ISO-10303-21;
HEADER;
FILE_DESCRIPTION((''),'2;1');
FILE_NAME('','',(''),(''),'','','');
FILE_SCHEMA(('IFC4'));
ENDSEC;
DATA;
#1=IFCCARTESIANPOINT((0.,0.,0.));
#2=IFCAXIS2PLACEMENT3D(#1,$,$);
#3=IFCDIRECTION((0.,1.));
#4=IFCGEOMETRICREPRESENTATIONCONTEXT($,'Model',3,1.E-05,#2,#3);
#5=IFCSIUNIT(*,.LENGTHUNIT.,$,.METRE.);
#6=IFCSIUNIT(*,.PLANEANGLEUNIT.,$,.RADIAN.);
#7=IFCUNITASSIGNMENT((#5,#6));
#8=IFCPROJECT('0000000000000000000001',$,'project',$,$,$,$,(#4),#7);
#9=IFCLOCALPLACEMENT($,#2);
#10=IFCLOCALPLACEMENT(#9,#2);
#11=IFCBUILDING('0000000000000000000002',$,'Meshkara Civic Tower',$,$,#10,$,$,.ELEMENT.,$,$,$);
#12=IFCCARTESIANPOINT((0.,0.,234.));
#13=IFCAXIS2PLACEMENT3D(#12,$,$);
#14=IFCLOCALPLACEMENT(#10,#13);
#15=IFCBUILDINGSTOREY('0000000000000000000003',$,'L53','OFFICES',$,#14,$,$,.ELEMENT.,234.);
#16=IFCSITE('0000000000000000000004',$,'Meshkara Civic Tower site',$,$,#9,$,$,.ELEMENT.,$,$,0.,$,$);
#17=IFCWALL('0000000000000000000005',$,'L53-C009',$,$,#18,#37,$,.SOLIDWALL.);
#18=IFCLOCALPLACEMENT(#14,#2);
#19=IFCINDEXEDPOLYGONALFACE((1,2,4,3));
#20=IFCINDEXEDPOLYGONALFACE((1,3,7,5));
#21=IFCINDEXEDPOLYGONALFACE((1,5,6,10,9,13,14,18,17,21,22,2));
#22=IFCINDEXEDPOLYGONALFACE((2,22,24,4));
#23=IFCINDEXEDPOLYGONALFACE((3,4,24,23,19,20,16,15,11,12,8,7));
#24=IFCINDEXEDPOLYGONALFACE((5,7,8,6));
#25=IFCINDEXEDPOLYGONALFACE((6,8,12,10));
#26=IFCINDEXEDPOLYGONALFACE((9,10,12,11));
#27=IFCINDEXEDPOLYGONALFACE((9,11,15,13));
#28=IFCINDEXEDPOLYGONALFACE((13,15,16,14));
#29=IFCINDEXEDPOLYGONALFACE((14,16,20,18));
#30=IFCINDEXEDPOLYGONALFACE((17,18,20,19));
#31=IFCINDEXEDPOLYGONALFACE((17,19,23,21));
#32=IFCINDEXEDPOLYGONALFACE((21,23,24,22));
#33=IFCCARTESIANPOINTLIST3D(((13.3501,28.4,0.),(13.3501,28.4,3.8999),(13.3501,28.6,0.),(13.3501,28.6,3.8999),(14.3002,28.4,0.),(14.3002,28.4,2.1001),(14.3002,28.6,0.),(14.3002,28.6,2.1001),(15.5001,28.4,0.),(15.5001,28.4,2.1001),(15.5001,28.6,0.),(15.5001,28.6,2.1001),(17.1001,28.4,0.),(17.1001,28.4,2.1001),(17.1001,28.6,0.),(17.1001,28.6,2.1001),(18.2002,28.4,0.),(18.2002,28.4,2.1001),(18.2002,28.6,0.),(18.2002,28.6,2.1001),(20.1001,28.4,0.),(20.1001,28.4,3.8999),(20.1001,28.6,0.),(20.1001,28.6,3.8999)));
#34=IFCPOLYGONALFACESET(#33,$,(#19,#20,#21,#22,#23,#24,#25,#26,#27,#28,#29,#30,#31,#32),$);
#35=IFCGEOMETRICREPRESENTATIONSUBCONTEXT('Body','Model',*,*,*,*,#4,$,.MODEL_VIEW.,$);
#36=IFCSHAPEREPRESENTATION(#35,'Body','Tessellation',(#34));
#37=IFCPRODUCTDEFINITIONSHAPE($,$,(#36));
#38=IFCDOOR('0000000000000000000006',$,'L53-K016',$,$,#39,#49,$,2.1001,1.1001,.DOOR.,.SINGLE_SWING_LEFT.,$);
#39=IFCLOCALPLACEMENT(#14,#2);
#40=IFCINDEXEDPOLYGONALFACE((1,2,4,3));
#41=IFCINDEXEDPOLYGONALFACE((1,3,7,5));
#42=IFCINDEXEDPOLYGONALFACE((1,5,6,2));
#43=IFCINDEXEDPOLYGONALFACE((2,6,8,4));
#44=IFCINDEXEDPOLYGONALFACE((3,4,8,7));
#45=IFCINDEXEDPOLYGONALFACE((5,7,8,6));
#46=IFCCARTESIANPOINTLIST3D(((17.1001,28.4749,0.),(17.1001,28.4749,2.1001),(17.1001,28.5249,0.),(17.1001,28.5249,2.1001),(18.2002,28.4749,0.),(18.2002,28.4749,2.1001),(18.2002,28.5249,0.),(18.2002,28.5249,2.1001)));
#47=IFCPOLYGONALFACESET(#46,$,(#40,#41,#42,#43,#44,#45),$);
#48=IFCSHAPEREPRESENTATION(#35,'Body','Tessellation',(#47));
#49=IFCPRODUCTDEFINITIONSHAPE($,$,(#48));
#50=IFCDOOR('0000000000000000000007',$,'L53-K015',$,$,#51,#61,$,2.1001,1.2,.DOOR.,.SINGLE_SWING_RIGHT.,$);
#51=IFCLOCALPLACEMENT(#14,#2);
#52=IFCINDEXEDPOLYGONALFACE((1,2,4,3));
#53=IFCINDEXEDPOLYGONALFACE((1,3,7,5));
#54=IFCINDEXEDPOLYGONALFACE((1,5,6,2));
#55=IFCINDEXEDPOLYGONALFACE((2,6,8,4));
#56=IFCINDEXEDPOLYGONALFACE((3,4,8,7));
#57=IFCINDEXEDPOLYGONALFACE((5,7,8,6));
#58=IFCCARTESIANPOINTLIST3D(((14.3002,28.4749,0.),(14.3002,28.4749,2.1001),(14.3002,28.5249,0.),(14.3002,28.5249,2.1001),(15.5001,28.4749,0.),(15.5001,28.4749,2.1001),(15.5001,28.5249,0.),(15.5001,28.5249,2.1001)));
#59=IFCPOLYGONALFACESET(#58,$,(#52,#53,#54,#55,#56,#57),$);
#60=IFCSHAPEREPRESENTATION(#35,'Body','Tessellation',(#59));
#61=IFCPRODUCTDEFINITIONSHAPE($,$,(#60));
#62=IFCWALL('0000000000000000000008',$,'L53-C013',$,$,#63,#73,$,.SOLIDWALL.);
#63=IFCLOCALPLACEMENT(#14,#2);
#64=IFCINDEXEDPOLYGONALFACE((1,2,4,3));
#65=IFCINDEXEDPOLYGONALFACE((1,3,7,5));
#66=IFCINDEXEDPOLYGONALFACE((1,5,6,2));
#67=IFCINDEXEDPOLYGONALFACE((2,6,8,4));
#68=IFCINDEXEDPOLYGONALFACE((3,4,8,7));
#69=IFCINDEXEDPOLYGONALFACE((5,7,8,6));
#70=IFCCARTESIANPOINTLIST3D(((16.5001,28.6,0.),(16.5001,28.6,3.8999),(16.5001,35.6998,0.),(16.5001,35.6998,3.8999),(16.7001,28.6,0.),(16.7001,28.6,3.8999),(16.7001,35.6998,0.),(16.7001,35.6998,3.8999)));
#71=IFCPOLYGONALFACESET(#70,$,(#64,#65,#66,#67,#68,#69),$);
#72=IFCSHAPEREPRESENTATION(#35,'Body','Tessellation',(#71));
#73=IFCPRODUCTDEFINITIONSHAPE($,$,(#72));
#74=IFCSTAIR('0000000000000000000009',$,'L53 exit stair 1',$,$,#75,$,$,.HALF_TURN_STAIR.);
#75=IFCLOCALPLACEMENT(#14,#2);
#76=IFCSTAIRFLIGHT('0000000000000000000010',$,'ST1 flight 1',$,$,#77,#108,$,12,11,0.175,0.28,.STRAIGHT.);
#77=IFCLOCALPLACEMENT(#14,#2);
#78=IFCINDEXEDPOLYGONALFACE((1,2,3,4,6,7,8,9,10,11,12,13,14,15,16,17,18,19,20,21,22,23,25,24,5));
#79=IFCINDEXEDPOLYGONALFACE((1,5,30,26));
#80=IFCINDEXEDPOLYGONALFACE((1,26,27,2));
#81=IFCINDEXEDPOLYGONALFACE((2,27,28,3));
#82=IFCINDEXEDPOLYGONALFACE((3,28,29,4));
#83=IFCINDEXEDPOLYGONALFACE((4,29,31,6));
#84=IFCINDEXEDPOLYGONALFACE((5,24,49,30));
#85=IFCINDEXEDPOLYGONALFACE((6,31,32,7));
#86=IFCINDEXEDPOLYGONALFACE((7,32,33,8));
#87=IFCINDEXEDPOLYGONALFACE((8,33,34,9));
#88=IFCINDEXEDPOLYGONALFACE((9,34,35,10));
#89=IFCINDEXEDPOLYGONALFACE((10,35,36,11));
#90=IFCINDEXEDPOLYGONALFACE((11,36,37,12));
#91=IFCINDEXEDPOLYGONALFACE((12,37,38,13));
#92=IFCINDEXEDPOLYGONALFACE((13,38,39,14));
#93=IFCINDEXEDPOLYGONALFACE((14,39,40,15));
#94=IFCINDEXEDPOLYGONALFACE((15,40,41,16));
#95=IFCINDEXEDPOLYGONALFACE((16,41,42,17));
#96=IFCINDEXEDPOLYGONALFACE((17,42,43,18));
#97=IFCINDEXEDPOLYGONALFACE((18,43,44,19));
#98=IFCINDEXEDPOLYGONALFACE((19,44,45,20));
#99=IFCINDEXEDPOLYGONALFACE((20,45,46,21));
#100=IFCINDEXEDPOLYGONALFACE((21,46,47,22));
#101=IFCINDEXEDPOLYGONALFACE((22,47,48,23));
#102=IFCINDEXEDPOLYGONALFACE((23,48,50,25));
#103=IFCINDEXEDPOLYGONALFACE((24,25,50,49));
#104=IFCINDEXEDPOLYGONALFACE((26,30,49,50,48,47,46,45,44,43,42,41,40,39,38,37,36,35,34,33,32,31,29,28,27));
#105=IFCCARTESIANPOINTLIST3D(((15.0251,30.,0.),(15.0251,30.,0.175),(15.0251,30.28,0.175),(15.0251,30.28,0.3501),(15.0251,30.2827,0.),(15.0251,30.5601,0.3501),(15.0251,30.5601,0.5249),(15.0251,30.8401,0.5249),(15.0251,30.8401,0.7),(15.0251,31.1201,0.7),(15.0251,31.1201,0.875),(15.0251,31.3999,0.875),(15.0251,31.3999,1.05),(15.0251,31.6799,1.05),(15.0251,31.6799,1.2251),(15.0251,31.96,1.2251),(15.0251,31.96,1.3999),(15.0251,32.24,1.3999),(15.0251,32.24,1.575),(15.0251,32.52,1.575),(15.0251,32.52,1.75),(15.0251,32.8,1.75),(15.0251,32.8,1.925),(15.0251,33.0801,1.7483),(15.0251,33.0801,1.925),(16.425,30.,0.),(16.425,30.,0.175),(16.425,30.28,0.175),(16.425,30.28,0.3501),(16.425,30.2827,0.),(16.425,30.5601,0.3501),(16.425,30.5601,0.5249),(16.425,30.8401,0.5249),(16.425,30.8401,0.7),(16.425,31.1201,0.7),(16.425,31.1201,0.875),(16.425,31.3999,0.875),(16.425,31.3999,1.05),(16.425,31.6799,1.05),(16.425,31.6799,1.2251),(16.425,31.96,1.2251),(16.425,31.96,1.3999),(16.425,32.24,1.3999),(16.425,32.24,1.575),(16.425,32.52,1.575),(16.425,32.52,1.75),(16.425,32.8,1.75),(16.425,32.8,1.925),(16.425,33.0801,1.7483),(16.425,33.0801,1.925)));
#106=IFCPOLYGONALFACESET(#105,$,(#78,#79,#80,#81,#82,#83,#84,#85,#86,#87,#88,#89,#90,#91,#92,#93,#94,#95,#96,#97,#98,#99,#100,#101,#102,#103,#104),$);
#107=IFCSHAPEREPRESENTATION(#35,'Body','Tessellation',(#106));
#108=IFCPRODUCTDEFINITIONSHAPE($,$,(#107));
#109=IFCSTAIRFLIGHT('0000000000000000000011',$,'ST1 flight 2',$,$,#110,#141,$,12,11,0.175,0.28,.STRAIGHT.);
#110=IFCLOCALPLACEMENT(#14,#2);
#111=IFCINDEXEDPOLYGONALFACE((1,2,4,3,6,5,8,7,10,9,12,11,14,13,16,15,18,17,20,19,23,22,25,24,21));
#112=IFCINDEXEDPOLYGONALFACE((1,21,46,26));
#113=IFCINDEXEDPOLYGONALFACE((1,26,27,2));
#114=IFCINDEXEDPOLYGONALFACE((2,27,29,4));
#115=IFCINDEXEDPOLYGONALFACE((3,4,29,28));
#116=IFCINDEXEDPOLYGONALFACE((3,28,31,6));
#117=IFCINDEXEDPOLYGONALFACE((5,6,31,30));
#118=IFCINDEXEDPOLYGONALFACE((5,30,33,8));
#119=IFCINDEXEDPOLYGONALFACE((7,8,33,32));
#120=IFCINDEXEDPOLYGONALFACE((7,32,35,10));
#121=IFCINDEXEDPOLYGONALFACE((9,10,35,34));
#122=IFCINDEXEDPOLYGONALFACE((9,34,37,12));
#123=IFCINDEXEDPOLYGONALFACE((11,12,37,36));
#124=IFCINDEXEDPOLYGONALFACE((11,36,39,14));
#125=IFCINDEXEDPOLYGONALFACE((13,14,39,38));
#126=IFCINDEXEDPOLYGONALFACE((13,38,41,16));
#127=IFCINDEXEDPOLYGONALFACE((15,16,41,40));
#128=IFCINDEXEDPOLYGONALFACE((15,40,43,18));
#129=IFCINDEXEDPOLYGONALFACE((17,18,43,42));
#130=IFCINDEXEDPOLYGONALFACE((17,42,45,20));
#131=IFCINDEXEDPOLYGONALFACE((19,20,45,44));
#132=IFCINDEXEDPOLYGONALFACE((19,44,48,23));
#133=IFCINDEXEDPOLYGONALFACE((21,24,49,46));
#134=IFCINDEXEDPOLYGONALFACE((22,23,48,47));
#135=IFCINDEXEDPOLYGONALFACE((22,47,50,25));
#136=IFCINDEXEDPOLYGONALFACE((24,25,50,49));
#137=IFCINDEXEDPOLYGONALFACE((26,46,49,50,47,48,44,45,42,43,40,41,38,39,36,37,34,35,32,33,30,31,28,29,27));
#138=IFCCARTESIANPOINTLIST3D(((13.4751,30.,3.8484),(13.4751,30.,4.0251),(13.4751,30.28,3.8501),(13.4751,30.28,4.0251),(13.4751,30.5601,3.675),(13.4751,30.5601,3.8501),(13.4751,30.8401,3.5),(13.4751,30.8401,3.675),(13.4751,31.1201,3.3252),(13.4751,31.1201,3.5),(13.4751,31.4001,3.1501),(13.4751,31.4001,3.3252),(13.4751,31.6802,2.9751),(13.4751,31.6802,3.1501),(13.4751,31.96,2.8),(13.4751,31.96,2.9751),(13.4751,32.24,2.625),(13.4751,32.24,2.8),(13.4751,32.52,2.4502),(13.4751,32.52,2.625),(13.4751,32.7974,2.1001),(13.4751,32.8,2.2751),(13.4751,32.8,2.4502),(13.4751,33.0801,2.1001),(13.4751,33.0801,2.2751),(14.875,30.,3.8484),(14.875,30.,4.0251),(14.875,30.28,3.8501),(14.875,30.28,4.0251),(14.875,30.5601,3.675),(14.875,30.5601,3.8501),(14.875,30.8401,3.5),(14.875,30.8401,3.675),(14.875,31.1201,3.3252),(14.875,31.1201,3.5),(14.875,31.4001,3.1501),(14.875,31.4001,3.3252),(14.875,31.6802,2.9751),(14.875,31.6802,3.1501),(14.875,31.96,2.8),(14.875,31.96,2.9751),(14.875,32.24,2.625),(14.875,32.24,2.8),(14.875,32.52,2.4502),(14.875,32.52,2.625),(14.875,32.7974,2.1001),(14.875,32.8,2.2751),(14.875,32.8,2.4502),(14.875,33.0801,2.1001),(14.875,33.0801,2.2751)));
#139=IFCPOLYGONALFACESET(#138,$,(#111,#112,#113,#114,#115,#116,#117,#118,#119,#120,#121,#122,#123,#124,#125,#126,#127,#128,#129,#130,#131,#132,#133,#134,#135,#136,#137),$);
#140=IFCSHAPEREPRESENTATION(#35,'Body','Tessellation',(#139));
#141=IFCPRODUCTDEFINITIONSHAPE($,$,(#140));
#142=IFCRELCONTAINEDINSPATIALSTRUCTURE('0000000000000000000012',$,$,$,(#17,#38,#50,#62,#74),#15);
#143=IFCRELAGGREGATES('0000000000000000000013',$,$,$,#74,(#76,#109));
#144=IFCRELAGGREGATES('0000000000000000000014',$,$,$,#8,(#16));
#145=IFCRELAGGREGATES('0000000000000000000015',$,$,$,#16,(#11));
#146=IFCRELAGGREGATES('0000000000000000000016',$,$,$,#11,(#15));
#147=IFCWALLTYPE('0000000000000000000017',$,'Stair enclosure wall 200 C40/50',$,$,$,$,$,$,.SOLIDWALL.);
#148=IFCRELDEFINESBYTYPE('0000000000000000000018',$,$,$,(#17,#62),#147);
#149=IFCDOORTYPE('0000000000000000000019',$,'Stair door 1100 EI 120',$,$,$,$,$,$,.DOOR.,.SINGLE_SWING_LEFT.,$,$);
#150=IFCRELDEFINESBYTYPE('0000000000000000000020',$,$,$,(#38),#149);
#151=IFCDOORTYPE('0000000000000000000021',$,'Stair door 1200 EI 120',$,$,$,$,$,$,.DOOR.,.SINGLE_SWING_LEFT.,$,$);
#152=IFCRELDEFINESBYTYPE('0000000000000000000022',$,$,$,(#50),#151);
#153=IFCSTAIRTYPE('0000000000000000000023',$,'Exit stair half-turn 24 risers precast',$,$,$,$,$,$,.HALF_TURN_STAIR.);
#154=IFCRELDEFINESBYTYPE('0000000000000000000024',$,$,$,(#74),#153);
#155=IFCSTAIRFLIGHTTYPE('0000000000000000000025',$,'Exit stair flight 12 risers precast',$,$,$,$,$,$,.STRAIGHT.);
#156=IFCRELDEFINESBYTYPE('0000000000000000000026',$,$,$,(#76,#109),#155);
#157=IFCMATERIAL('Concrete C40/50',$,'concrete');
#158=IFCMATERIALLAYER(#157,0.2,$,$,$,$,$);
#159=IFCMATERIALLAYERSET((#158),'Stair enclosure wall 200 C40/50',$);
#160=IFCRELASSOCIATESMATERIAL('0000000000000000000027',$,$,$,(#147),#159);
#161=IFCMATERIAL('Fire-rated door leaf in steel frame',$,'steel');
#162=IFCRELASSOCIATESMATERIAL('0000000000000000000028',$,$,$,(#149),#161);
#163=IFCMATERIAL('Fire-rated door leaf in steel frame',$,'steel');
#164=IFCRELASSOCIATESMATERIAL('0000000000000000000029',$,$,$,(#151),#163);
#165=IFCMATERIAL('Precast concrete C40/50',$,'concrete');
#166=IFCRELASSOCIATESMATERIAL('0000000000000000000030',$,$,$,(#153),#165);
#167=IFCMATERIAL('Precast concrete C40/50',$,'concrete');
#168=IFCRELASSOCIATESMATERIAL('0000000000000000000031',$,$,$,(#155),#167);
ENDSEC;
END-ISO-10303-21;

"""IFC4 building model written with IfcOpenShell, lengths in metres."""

from ifc_helpers import new_model, si_unit, direction, frame, frame_2d, origin, place, context, subcontext, project, spatial, polyline, rectangle, outline, extrude, material, layer, layer_set, type_object, element, fill, aggregate, save


model = new_model("IFC4")

# Units and contexts
model_context = context("Model", 3, precision=1e-05, world=origin(), true_north=direction((0.0, 1.0)))
body_context = subcontext(model_context, "Body", "Model", "MODEL_VIEW")
ifc_project = project(units=[si_unit("LENGTHUNIT", "METRE"), si_unit("PLANEANGLEUNIT", "RADIAN")], contexts=[model_context])

# Site, building, storey
site_placement = place(None, origin())
site = spatial("IfcSite", under=ifc_project, at=site_placement, Name="Meshkara Civic Tower site", CompositionType="ELEMENT", RefElevation=0.0)
building_placement = place(site_placement, origin())
building = spatial("IfcBuilding", under=site, at=building_placement, Name="Meshkara Civic Tower", CompositionType="ELEMENT")
storey_placement = place(building_placement, frame((0.0, 0.0, 234.0)))
storey = spatial("IfcBuildingStorey", under=building, at=storey_placement, Name="L53", Description="OFFICES", CompositionType="ELEMENT", Elevation=234.0)

# Wall, openings, doors
ifc_material_1 = material(Name="Concrete C40/50", Category="concrete")
ifc_layer_1 = layer(ifc_material_1, 0.2)
ifc_layer_set_1 = layer_set([ifc_layer_1], Name="Stair enclosure wall 200 C40/50")
wall_type_1 = type_object("IfcWallType", Name="Stair enclosure wall 200 C40/50", PredefinedType="SOLIDWALL", material=ifc_layer_set_1)
wall_1_placement = place(storey_placement, frame((13.3501, 28.5, 0.0), z_axis=(0.0, 0.0, 1.0), x_axis=(1.0, 0.0, 0.0)))
wall_1 = element("IfcWall", 1, at=wall_1_placement, inside=storey, type_object=wall_type_1, Name="L53-C009", PredefinedType="SOLIDWALL", context=body_context, shape_type="SweptSolid", body=[
    extrude(rectangle(XDim=6.75, YDim=0.2, at=frame_2d((3.375, 0.0))), origin(), (0.0, 0.0, 1.0), 3.8999),
])
opening_1_placement = place(wall_1_placement, frame((0.95, 0.0, 0.0)))
opening_1 = element("IfcOpeningElement", 2, at=opening_1_placement, cuts=wall_1, PredefinedType="OPENING", context=body_context, shape_type="SweptSolid", body=[
    extrude(rectangle(XDim=1.2, YDim=2.1001, at=frame_2d((0.6001, 1.05))), frame((0.0, 0.1099, 0.0), z_axis=(0.0, -1.0, 0.0), x_axis=(1.0, 0.0, 0.0)), (0.0, 0.0, 1.0), 0.22),
])
opening_2_placement = place(wall_1_placement, frame((3.75, 0.0, 0.0)))
opening_2 = element("IfcOpeningElement", 3, at=opening_2_placement, cuts=wall_1, PredefinedType="OPENING", context=body_context, shape_type="SweptSolid", body=[
    extrude(rectangle(XDim=1.1001, YDim=2.1001, at=frame_2d((0.55, 1.05))), frame((0.0, 0.1099, 0.0), z_axis=(0.0, -1.0, 0.0), x_axis=(1.0, 0.0, 0.0)), (0.0, 0.0, 1.0), 0.22),
])
ifc_material_2 = material(Name="Fire-rated door leaf in steel frame", Category="steel")
door_type_1 = type_object("IfcDoorType", Name="Stair door 1100 EI 120", OperationType="SINGLE_SWING_LEFT", PredefinedType="DOOR", material=ifc_material_2)
door_1_placement = place(opening_2_placement, origin())
door_1 = element("IfcDoor", 4, at=door_1_placement, inside=storey, type_object=door_type_1, Name="L53-K016", OperationType="SINGLE_SWING_LEFT", OverallHeight=2.1001, OverallWidth=1.1001, PredefinedType="DOOR", context=body_context, shape_type="SweptSolid", body=[
    extrude(rectangle(XDim=1.1001, YDim=2.1001, at=frame_2d((0.55, 1.05))), frame((0.0, 0.0249, 0.0), z_axis=(0.0, -1.0, 0.0), x_axis=(1.0, 0.0, 0.0)), (0.0, 0.0, 1.0), 0.05),
])
fill(opening_2, door_1)
ifc_material_3 = material(Name="Fire-rated door leaf in steel frame", Category="steel")
door_type_2 = type_object("IfcDoorType", Name="Stair door 1200 EI 120", OperationType="SINGLE_SWING_LEFT", PredefinedType="DOOR", material=ifc_material_3)
door_2_placement = place(opening_1_placement, origin())
door_2 = element("IfcDoor", 5, at=door_2_placement, inside=storey, type_object=door_type_2, Name="L53-K015", OperationType="SINGLE_SWING_RIGHT", OverallHeight=2.1001, OverallWidth=1.2, PredefinedType="DOOR", context=body_context, shape_type="SweptSolid", body=[
    extrude(rectangle(XDim=1.2, YDim=2.1001, at=frame_2d((0.6001, 1.05))), frame((0.0, 0.0249, 0.0), z_axis=(0.0, -1.0, 0.0), x_axis=(1.0, 0.0, 0.0)), (0.0, 0.0, 1.0), 0.05),
])
fill(opening_1, door_2)

# Wall
wall_2_placement = place(storey_placement, frame((16.6001, 28.6001, 0.0), z_axis=(0.0, 0.0, 1.0), x_axis=(0.0, 1.0, 0.0)))
element("IfcWall", 6, at=wall_2_placement, inside=storey, type_object=wall_type_1, Name="L53-C013", PredefinedType="SOLIDWALL", context=body_context, shape_type="SweptSolid", body=[
    extrude(rectangle(XDim=7.0999, YDim=0.2, at=frame_2d((3.5498, 0.0))), origin(), (0.0, 0.0, 1.0), 3.8999),
])

# Stair, stair flights
ifc_material_4 = material(Name="Precast concrete C40/50", Category="concrete")
stair_type = type_object("IfcStairType", Name="Exit stair half-turn 24 risers precast", PredefinedType="HALF_TURN_STAIR", material=ifc_material_4)
stair_placement = place(storey_placement, origin())
stair = element("IfcStair", 7, at=stair_placement, inside=storey, type_object=stair_type, Name="L53 exit stair 1", PredefinedType="HALF_TURN_STAIR")
ifc_material_5 = material(Name="Precast concrete C40/50", Category="concrete")
stair_flight_type = type_object("IfcStairFlightType", Name="Exit stair flight 12 risers precast", PredefinedType="STRAIGHT", material=ifc_material_5)
stair_flight_1_placement = place(storey_placement, frame((15.7251, 30.0, 0.0), z_axis=(0.0, 0.0, 1.0), x_axis=(0.0, 1.0, 0.0)))
stair_flight_1 = element("IfcStairFlight", 8, at=stair_flight_1_placement, type_object=stair_flight_type, Name="ST1 flight 1", NumberOfRisers=12, NumberOfTreads=11, PredefinedType="STRAIGHT", RiserHeight=0.175, TreadLength=0.28, context=body_context, shape_type="SweptSolid", body=[
    extrude(outline(polyline([(0.0, 0.0), (0.0, 0.175), (0.28, 0.175), (0.28, 0.3501), (0.5601, 0.3501), (0.5601, 0.5249), (0.8401, 0.5249), (0.8401, 0.7), (1.1201, 0.7), (1.1201, 0.875), (1.3999, 0.875), (1.3999, 1.05), (1.6799, 1.05), (1.6799, 1.2251), (1.96, 1.2251), (1.96, 1.3999), (2.24, 1.3999), (2.24, 1.575), (2.52, 1.575), (2.52, 1.75), (2.8, 1.75), (2.8, 1.925), (3.0801, 1.925), (3.0801, 2.1001), (3.0801, 1.7483), (0.2827, 0.0), (0.0, 0.0)])), frame((0.0, 0.7, 0.0), z_axis=(0.0, -1.0, 0.0), x_axis=(1.0, 0.0, 0.0)), (0.0, 0.0, 1.0), 1.3999),
])
stair_flight_2_placement = place(storey_placement, frame((14.175, 33.0801, 2.1001), z_axis=(0.0, 0.0, 1.0), x_axis=(0.0, -1.0, 0.0)))
stair_flight_2 = element("IfcStairFlight", 9, at=stair_flight_2_placement, type_object=stair_flight_type, Name="ST1 flight 2", NumberOfRisers=12, NumberOfTreads=11, PredefinedType="STRAIGHT", RiserHeight=0.175, TreadLength=0.28, context=body_context, shape_type="SweptSolid", body=[
    extrude(outline(polyline([(0.0, 0.0), (0.0, 0.175), (0.28, 0.175), (0.28, 0.3501), (0.5601, 0.3501), (0.5601, 0.5249), (0.8401, 0.5249), (0.8401, 0.7), (1.1201, 0.7), (1.1201, 0.875), (1.3999, 0.875), (1.3999, 1.05), (1.6799, 1.05), (1.6799, 1.2251), (1.96, 1.2251), (1.96, 1.3999), (2.24, 1.3999), (2.24, 1.575), (2.52, 1.575), (2.52, 1.75), (2.8, 1.75), (2.8, 1.925), (3.0801, 1.925), (3.0801, 2.1001), (3.0801, 1.7483), (0.2827, 0.0), (0.0, 0.0)])), frame((0.0, 0.7, 0.0), z_axis=(0.0, -1.0, 0.0), x_axis=(1.0, 0.0, 0.0)), (0.0, 0.0, 1.0), 1.3999),
])
aggregate(stair, [stair_flight_1, stair_flight_2])

save(model, "model.ifc")
